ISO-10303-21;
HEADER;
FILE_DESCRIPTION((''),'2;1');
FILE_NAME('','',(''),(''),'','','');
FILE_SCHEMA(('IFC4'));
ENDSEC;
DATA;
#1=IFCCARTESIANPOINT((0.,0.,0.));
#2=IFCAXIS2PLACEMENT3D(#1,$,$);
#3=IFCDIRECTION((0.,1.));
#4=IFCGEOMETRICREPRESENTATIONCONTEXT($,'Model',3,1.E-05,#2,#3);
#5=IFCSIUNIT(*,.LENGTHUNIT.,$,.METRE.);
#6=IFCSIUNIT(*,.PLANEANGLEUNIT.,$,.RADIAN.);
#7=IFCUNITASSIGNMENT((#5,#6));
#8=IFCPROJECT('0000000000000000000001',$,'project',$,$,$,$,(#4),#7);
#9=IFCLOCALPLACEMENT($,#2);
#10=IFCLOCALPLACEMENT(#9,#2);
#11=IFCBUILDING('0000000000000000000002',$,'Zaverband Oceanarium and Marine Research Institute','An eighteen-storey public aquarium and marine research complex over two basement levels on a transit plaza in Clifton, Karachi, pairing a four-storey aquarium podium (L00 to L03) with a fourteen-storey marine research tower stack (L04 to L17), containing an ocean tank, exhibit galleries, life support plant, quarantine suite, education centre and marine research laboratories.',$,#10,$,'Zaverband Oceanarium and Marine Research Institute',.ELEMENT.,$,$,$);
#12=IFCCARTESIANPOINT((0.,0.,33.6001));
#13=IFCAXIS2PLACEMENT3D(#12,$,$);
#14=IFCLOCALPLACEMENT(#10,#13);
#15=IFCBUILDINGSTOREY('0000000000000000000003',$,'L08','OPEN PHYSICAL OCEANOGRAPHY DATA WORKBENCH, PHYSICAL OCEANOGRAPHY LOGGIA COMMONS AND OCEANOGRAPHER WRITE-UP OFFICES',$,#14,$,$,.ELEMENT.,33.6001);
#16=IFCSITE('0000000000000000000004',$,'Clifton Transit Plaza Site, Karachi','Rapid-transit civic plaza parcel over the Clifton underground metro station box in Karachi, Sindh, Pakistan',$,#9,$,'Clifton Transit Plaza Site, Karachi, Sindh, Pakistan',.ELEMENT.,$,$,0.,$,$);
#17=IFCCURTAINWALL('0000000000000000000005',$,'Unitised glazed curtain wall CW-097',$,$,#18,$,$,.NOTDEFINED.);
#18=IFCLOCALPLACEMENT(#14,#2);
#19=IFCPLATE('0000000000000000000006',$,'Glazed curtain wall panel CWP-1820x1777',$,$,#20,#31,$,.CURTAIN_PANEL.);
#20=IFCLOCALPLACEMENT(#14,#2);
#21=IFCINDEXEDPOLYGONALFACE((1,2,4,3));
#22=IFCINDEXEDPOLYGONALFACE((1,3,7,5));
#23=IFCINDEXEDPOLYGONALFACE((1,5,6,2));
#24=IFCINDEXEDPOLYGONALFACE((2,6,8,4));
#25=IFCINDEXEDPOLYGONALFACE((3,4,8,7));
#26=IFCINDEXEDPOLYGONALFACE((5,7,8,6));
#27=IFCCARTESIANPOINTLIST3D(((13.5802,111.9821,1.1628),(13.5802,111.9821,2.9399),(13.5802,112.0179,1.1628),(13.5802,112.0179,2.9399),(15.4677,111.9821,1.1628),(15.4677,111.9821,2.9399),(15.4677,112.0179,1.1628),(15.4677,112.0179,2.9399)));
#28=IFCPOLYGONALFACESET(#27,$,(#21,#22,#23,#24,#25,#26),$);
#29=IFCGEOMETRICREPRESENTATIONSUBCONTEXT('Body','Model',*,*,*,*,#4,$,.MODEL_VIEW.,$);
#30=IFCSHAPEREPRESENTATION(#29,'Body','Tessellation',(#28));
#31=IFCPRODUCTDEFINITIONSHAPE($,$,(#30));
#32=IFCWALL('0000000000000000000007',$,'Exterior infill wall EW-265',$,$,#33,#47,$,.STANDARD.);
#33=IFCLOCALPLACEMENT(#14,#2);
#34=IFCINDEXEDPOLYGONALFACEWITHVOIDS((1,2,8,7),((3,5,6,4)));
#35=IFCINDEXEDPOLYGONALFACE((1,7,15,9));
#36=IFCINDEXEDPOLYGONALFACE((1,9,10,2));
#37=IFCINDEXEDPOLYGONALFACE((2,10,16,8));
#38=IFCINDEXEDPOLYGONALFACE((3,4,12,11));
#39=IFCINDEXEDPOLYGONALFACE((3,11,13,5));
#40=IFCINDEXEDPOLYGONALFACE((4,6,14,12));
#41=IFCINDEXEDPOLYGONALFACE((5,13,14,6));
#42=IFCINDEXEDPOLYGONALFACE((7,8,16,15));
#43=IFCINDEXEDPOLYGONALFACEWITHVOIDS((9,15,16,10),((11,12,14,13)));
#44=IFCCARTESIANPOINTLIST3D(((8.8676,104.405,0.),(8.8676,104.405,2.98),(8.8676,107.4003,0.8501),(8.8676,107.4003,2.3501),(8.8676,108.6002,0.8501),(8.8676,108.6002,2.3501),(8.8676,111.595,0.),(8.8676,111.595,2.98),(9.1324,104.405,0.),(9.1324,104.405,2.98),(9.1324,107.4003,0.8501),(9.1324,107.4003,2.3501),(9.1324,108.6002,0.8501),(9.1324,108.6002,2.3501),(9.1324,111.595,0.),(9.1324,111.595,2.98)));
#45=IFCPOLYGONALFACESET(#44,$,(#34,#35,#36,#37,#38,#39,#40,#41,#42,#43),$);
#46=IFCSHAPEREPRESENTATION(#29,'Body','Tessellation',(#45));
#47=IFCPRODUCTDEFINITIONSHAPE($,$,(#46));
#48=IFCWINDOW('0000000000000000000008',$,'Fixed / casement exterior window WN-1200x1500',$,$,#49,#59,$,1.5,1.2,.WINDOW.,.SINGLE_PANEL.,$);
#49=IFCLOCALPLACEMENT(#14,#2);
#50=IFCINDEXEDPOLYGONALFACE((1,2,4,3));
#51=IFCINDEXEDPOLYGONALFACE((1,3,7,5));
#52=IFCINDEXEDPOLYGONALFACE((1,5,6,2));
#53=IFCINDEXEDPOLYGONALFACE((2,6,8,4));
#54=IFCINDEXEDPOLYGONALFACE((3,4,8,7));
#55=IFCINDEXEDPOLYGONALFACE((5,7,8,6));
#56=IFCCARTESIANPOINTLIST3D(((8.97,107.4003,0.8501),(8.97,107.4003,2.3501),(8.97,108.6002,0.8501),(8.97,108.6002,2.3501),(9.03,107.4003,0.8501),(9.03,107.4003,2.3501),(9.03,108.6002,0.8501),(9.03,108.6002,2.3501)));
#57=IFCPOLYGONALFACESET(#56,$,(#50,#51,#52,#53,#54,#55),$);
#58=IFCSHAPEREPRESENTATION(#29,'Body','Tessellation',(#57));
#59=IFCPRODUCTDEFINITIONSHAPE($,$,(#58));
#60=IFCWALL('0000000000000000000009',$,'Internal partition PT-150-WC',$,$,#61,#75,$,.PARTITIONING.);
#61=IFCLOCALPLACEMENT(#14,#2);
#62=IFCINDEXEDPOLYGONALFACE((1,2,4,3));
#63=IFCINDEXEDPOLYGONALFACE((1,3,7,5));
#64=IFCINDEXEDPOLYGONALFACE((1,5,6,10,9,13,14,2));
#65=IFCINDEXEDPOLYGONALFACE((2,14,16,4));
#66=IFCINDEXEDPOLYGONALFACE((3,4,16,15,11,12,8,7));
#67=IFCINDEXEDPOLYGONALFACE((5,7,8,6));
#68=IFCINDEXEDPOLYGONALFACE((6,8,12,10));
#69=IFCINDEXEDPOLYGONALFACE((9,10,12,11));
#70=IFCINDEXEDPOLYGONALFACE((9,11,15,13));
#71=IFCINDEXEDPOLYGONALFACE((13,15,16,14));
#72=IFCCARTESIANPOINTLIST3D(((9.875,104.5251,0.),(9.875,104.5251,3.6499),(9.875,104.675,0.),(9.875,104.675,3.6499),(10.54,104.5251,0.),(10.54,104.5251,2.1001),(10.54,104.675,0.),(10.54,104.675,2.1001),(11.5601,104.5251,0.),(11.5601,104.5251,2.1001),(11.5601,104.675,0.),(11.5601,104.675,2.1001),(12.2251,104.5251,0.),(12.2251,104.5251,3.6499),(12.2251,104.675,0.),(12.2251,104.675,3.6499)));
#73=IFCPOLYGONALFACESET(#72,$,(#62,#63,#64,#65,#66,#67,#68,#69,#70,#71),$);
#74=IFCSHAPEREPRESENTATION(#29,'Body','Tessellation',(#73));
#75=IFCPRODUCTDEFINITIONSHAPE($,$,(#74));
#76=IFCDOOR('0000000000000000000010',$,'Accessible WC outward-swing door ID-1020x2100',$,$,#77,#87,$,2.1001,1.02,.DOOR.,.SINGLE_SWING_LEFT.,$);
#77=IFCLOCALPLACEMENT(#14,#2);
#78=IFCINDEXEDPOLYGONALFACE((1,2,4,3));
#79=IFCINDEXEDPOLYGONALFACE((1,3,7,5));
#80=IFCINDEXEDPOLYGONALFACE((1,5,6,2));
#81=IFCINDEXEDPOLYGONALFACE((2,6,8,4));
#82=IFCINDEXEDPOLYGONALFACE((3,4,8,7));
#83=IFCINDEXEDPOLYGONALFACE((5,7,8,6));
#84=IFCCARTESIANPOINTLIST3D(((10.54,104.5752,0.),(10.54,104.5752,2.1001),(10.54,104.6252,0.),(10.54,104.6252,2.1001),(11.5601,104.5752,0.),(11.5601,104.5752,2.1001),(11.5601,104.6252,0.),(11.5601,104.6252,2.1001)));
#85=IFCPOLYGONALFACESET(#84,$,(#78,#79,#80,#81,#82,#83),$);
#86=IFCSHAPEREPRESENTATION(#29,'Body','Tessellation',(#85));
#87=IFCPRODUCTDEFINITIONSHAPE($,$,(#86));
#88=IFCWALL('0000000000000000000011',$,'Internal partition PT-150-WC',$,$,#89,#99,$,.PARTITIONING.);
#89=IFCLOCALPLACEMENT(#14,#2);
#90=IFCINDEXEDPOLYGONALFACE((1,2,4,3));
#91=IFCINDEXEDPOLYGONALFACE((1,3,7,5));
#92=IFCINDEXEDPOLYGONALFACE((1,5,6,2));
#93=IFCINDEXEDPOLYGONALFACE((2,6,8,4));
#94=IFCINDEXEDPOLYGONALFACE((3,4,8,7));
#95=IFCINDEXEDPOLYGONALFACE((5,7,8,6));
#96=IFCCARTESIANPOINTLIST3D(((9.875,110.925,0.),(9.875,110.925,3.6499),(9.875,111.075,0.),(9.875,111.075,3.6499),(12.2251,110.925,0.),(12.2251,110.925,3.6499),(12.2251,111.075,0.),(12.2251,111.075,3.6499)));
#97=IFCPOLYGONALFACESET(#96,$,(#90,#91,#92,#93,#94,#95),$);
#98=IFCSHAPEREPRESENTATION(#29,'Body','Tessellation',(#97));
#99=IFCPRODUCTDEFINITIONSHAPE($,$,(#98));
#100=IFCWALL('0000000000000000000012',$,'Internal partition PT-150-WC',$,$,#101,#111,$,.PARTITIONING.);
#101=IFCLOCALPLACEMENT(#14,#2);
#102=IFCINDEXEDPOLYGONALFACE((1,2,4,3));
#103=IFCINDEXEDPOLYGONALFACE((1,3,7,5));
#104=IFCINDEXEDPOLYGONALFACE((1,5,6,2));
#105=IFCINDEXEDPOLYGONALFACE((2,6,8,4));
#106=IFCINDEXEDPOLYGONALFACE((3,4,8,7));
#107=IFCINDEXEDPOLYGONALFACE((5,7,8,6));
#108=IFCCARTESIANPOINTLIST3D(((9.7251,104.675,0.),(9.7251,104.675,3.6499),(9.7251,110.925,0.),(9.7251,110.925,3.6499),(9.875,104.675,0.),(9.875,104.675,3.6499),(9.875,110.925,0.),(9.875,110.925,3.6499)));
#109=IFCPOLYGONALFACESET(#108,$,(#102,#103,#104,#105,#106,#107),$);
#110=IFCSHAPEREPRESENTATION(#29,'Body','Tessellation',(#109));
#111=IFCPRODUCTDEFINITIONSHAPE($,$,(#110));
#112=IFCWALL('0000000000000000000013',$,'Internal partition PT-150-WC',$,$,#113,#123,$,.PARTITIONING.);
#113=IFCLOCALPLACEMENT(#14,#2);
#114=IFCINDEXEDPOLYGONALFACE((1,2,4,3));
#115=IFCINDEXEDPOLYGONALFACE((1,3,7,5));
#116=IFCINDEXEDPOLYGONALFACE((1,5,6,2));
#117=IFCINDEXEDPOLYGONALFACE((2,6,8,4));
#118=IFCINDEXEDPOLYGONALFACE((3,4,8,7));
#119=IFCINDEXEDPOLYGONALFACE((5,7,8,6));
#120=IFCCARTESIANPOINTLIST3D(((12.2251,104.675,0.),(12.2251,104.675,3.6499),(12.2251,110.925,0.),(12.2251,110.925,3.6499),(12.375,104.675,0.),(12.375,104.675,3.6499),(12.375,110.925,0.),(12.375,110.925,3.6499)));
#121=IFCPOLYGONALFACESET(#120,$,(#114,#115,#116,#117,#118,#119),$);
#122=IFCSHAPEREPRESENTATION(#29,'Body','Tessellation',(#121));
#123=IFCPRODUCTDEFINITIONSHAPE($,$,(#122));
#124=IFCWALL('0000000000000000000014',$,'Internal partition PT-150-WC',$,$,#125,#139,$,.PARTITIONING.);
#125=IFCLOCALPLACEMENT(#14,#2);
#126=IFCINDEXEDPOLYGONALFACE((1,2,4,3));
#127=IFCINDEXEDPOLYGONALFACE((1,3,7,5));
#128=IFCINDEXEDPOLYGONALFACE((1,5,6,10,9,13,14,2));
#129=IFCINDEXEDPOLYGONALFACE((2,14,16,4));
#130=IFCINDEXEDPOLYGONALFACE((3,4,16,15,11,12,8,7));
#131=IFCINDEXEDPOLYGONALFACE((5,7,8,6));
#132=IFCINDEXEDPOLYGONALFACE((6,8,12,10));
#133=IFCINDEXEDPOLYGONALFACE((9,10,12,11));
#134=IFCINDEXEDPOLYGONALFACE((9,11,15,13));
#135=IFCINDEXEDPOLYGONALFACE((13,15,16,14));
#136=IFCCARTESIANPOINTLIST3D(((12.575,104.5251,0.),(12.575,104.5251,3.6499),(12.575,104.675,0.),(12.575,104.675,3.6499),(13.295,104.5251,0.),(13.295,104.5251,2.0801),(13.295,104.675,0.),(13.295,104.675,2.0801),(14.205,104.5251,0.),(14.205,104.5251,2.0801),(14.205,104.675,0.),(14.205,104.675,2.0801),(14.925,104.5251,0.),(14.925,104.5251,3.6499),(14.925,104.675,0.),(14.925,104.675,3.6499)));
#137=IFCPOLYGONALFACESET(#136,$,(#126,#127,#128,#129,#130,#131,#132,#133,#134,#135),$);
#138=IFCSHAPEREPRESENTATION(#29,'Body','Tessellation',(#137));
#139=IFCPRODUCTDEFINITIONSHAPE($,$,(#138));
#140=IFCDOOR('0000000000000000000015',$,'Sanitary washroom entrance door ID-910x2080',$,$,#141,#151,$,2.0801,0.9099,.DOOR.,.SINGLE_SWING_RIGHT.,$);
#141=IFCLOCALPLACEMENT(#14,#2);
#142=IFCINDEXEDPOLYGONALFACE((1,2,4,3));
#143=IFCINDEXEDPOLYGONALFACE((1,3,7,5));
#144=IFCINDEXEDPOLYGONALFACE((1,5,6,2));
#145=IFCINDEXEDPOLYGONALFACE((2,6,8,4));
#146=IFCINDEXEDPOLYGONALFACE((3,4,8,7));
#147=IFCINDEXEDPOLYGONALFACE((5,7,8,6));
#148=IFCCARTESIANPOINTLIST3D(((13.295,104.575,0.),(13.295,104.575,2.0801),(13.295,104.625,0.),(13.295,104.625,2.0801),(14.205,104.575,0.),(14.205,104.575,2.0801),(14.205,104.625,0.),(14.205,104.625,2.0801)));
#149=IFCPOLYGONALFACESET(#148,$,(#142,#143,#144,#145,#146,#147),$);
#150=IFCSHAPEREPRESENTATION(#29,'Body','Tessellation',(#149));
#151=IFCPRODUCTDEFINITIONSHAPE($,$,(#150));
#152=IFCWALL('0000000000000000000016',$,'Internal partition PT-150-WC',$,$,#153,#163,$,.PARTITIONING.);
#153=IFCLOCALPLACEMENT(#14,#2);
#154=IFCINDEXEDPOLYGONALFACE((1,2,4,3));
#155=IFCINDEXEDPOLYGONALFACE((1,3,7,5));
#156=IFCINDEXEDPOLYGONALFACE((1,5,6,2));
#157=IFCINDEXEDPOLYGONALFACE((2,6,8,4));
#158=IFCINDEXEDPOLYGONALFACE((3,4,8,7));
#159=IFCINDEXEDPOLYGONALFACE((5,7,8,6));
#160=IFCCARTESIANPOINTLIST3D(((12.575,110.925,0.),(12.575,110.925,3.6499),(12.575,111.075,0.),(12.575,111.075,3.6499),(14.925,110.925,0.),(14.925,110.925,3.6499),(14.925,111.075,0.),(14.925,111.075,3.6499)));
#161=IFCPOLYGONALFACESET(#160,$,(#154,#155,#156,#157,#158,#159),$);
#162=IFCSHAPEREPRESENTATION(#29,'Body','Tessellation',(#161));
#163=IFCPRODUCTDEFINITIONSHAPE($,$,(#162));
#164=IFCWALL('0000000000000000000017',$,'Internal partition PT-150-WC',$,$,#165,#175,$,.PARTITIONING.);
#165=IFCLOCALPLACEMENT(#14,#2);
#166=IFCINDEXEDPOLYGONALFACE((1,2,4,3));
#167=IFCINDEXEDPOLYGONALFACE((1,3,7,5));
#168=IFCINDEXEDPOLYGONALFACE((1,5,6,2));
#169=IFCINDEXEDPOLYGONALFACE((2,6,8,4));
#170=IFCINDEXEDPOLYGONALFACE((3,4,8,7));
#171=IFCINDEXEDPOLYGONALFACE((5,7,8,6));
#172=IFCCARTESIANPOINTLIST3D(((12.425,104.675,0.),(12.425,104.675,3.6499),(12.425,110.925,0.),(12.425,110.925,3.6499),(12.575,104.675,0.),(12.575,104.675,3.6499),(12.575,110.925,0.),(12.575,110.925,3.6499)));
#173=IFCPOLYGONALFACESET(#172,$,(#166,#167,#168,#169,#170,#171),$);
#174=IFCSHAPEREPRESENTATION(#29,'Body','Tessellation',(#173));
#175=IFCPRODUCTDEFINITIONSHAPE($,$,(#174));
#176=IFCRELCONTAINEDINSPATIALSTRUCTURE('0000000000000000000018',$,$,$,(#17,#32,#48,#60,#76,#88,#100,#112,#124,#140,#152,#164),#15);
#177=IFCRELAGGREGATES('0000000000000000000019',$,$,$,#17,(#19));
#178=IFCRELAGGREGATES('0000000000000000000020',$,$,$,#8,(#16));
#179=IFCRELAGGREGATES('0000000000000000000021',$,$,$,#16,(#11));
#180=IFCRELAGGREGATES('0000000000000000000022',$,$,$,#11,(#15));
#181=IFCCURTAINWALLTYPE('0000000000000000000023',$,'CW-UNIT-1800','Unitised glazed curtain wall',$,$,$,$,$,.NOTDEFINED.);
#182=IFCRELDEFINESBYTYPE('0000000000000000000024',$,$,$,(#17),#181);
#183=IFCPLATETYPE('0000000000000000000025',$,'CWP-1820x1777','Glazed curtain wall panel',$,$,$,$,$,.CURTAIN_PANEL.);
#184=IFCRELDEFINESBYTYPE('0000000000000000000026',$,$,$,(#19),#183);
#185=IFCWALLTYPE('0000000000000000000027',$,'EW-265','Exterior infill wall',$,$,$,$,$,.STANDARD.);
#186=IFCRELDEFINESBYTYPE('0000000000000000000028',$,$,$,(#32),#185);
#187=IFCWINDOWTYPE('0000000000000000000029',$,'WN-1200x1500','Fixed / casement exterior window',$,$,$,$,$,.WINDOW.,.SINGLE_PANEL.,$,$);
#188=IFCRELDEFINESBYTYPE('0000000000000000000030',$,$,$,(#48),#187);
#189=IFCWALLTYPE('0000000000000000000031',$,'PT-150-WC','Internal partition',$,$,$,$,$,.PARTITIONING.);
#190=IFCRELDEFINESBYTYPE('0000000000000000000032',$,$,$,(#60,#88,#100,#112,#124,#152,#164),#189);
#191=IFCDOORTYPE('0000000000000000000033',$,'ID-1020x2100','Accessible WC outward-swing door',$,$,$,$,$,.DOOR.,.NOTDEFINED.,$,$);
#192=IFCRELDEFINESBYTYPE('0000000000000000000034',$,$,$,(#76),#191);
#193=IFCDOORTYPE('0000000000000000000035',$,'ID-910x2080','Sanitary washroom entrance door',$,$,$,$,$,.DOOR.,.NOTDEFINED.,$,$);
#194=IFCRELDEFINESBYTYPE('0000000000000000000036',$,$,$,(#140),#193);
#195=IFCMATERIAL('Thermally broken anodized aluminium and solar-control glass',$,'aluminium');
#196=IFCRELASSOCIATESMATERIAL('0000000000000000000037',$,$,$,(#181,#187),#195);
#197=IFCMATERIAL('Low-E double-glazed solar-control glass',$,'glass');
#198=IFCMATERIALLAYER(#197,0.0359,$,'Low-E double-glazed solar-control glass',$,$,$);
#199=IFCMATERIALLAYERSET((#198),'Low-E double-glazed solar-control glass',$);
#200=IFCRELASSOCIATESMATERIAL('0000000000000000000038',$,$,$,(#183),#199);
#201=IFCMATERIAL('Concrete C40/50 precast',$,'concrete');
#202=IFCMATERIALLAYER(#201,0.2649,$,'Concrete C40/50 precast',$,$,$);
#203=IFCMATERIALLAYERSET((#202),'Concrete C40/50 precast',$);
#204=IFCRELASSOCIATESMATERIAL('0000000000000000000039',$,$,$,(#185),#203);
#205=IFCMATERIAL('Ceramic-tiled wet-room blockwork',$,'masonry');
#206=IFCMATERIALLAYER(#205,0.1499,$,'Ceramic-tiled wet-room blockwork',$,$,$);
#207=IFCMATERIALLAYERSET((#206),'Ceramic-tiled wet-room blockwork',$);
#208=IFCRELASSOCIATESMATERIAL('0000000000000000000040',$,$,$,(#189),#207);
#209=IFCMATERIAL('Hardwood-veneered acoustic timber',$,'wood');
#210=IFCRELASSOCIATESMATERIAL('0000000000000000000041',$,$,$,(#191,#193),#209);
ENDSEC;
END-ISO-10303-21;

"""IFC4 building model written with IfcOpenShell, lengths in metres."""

from ifc_helpers import new_model, si_unit, direction, frame, frame_2d, origin, place, context, subcontext, project, spatial, rectangle, extrude, material, layer, layer_set, type_object, element, fill, aggregate, save


model = new_model("IFC4")

# Units and contexts
model_context = context("Model", 3, precision=1e-05, world=origin(), true_north=direction((0.0, 1.0)))
body_context = subcontext(model_context, "Body", "Model", "MODEL_VIEW")
ifc_project = project(units=[si_unit("LENGTHUNIT", "METRE"), si_unit("PLANEANGLEUNIT", "RADIAN")], contexts=[model_context])

# Site, building, storey
site_placement = place(None, origin())
site = spatial("IfcSite", under=ifc_project, at=site_placement, Name="Clifton Transit Plaza Site, Karachi", Description="Rapid-transit civic plaza parcel over the Clifton underground metro station box in Karachi, Sindh, Pakistan", LongName="Clifton Transit Plaza Site, Karachi, Sindh, Pakistan", CompositionType="ELEMENT", RefElevation=0.0)
building_placement = place(site_placement, origin())
building = spatial("IfcBuilding", under=site, at=building_placement, Name="Zaverband Oceanarium and Marine Research Institute", Description="An eighteen-storey public aquarium and marine research complex over two basement levels on a transit plaza in Clifton, Karachi, pairing a four-storey aquarium podium (L00 to L03) with a fourteen-storey marine research tower stack (L04 to L17), containing an ocean tank, exhibit galleries, life support plant, quarantine suite, education centre and marine research laboratories.", LongName="Zaverband Oceanarium and Marine Research Institute", CompositionType="ELEMENT")
storey_placement = place(building_placement, frame((0.0, 0.0, 33.6001)))
storey = spatial("IfcBuildingStorey", under=building, at=storey_placement, Name="L08", Description="OPEN PHYSICAL OCEANOGRAPHY DATA WORKBENCH, PHYSICAL OCEANOGRAPHY LOGGIA COMMONS AND OCEANOGRAPHER WRITE-UP OFFICES", CompositionType="ELEMENT", Elevation=33.6001)

# Curtain wall
ifc_material_1 = material(Name="Thermally broken anodized aluminium and solar-control glass", Category="aluminium")
curtain_wall_type = type_object("IfcCurtainWallType", Name="CW-UNIT-1800", Description="Unitised glazed curtain wall", PredefinedType="NOTDEFINED", material=ifc_material_1)
curtain_wall_placement = place(storey_placement, origin())
curtain_wall = element("IfcCurtainWall", 1, at=curtain_wall_placement, inside=storey, type_object=curtain_wall_type, Name="Unitised glazed curtain wall CW-097", PredefinedType="NOTDEFINED")

# Plate
ifc_material_2 = material(Name="Low-E double-glazed solar-control glass", Category="glass")
ifc_layer_1 = layer(ifc_material_2, 0.0359, Name="Low-E double-glazed solar-control glass")
ifc_layer_set_1 = layer_set([ifc_layer_1], Name="Low-E double-glazed solar-control glass")
plate_type_1 = type_object("IfcPlateType", Name="CWP-1820x1777", Description="Glazed curtain wall panel", PredefinedType="CURTAIN_PANEL", material=ifc_layer_set_1)
plate_1_placement = place(storey_placement, frame((13.5801, 112.0, 1.1628), z_axis=(0.0, 0.0, 1.0), x_axis=(1.0, 0.0, 0.0)))
plate_1 = element("IfcPlate", 2, at=plate_1_placement, type_object=plate_type_1, Name="Glazed curtain wall panel CWP-1820x1777", PredefinedType="CURTAIN_PANEL", context=body_context, shape_type="SweptSolid", body=[
    extrude(rectangle(XDim=1.8875, YDim=0.0359, at=frame_2d((0.9438, 0.0))), origin(), (0.0, 0.0, 1.0), 1.7771),
])
aggregate(curtain_wall, [plate_1])

# Wall, opening, window
ifc_material_3 = material(Name="Concrete C40/50 precast", Category="concrete")
ifc_layer_2 = layer(ifc_material_3, 0.2649, Name="Concrete C40/50 precast")
ifc_layer_set_2 = layer_set([ifc_layer_2], Name="Concrete C40/50 precast")
wall_type_1 = type_object("IfcWallType", Name="EW-265", Description="Exterior infill wall", PredefinedType="STANDARD", material=ifc_layer_set_2)
wall_1_placement = place(storey_placement, frame((9.0, 104.405, 0.0), z_axis=(0.0, 0.0, 1.0), x_axis=(0.0, 1.0, 0.0)))
wall_1 = element("IfcWall", 3, at=wall_1_placement, inside=storey, type_object=wall_type_1, Name="Exterior infill wall EW-265", PredefinedType="STANDARD", context=body_context, shape_type="SweptSolid", body=[
    extrude(rectangle(XDim=7.1899, YDim=0.2649, at=frame_2d((3.595, 0.0))), origin(), (0.0, 0.0, 1.0), 2.98),
])
opening_1_placement = place(wall_1_placement, frame((2.9951, 0.0, 0.8501)))
opening_1 = element("IfcOpeningElement", 4, at=opening_1_placement, cuts=wall_1, PredefinedType="OPENING", context=body_context, shape_type="SweptSolid", body=[
    extrude(rectangle(XDim=1.2, YDim=1.5, at=frame_2d((0.6001, 0.75))), frame((0.0, 0.1445, 0.0), z_axis=(0.0, -1.0, 0.0), x_axis=(1.0, 0.0, 0.0)), (0.0, 0.0, 1.0), 0.2888),
])
window_type = type_object("IfcWindowType", Name="WN-1200x1500", Description="Fixed / casement exterior window", PartitioningType="SINGLE_PANEL", PredefinedType="WINDOW", material=ifc_material_1)
window_placement = place(opening_1_placement, origin())
window = element("IfcWindow", 5, at=window_placement, inside=storey, type_object=window_type, Name="Fixed / casement exterior window WN-1200x1500", OverallHeight=1.5, OverallWidth=1.2, PartitioningType="SINGLE_PANEL", PredefinedType="WINDOW", context=body_context, shape_type="SweptSolid", body=[
    extrude(rectangle(XDim=1.2, YDim=1.5, at=frame_2d((0.6001, 0.75))), frame((0.0, 0.03, 0.0), z_axis=(0.0, -1.0, 0.0), x_axis=(1.0, 0.0, 0.0)), (0.0, 0.0, 1.0), 0.0601),
])
fill(opening_1, window)

# Wall, opening, door
ifc_material_4 = material(Name="Ceramic-tiled wet-room blockwork", Category="masonry")
ifc_layer_3 = layer(ifc_material_4, 0.1499, Name="Ceramic-tiled wet-room blockwork")
ifc_layer_set_3 = layer_set([ifc_layer_3], Name="Ceramic-tiled wet-room blockwork")
wall_type_2 = type_object("IfcWallType", Name="PT-150-WC", Description="Internal partition", PredefinedType="PARTITIONING", material=ifc_layer_set_3)
wall_2_placement = place(storey_placement, frame((9.875, 104.6001, 0.0), z_axis=(0.0, 0.0, 1.0), x_axis=(1.0, 0.0, 0.0)))
wall_2 = element("IfcWall", 6, at=wall_2_placement, inside=storey, type_object=wall_type_2, Name="Internal partition PT-150-WC", PredefinedType="PARTITIONING", context=body_context, shape_type="SweptSolid", body=[
    extrude(rectangle(XDim=2.3501, YDim=0.1499, at=frame_2d((1.175, 0.0))), origin(), (0.0, 0.0, 1.0), 3.6499),
])
opening_2_placement = place(wall_2_placement, frame((0.665, 0.0, 0.0)))
opening_2 = element("IfcOpeningElement", 7, at=opening_2_placement, cuts=wall_2, PredefinedType="OPENING", context=body_context, shape_type="SweptSolid", body=[
    extrude(rectangle(XDim=1.02, YDim=2.1001, at=frame_2d((0.51, 1.05))), frame((0.0, 0.0869, 0.0), z_axis=(0.0, -1.0, 0.0), x_axis=(1.0, 0.0, 0.0)), (0.0, 0.0, 1.0), 0.1738),
])
ifc_material_5 = material(Name="Hardwood-veneered acoustic timber", Category="wood")
door_type_1 = type_object("IfcDoorType", Name="ID-1020x2100", Description="Accessible WC outward-swing door", OperationType="NOTDEFINED", PredefinedType="DOOR", material=ifc_material_5)
door_1_placement = place(opening_2_placement, frame((1.02, 0.0, 0.0), z_axis=(0.0, 0.0, 1.0), x_axis=(-1.0, 0.0, 0.0)))
door_1 = element("IfcDoor", 8, at=door_1_placement, inside=storey, type_object=door_type_1, Name="Accessible WC outward-swing door ID-1020x2100", OperationType="SINGLE_SWING_LEFT", OverallHeight=2.1001, OverallWidth=1.02, PredefinedType="DOOR", context=body_context, shape_type="SweptSolid", body=[
    extrude(rectangle(XDim=1.02, YDim=2.1001, at=frame_2d((0.51, 1.05))), frame((0.0, 0.0249, 0.0), z_axis=(0.0, -1.0, 0.0), x_axis=(1.0, 0.0, 0.0)), (0.0, 0.0, 1.0), 0.05),
])
fill(opening_2, door_1)

# Walls
wall_3_placement = place(storey_placement, frame((9.875, 111.0, 0.0), z_axis=(0.0, 0.0, 1.0), x_axis=(1.0, 0.0, 0.0)))
element("IfcWall", 9, at=wall_3_placement, inside=storey, type_object=wall_type_2, Name="Internal partition PT-150-WC", PredefinedType="PARTITIONING", context=body_context, shape_type="SweptSolid", body=[
    extrude(rectangle(XDim=2.3501, YDim=0.1499, at=frame_2d((1.175, 0.0))), origin(), (0.0, 0.0, 1.0), 3.6499),
])
for number, where, z_axis, x_axis, name in (
    (10, (9.8, 104.675, 0.0), (0.0, 0.0, 1.0), (0.0, 1.0, 0.0), "Internal partition PT-150-WC"),
    (11, (12.3, 104.675, 0.0), (0.0, 0.0, 1.0), (0.0, 1.0, 0.0), "Internal partition PT-150-WC"),
):
    element("IfcWall", number, at=place(storey_placement, frame(where, z_axis=z_axis, x_axis=x_axis)), inside=storey, type_object=wall_type_2, Name=name, PredefinedType="PARTITIONING", context=body_context, shape_type="SweptSolid", body=[
        extrude(rectangle(XDim=6.25, YDim=0.1499, at=frame_2d((3.125, 0.0))), origin(), (0.0, 0.0, 1.0), 3.6499),
    ])

# Wall, opening, door
wall_4_placement = place(storey_placement, frame((12.575, 104.6001, 0.0), z_axis=(0.0, 0.0, 1.0), x_axis=(1.0, 0.0, 0.0)))
wall_4 = element("IfcWall", 12, at=wall_4_placement, inside=storey, type_object=wall_type_2, Name="Internal partition PT-150-WC", PredefinedType="PARTITIONING", context=body_context, shape_type="SweptSolid", body=[
    extrude(rectangle(XDim=2.3501, YDim=0.1499, at=frame_2d((1.175, 0.0))), origin(), (0.0, 0.0, 1.0), 3.6499),
])
opening_3_placement = place(wall_4_placement, frame((0.72, 0.0, 0.0)))
opening_3 = element("IfcOpeningElement", 13, at=opening_3_placement, cuts=wall_4, PredefinedType="OPENING", context=body_context, shape_type="SweptSolid", body=[
    extrude(rectangle(XDim=0.9099, YDim=2.0801, at=frame_2d((0.4551, 1.04))), frame((0.0, 0.0869, 0.0), z_axis=(0.0, -1.0, 0.0), x_axis=(1.0, 0.0, 0.0)), (0.0, 0.0, 1.0), 0.1738),
])
door_type_2 = type_object("IfcDoorType", Name="ID-910x2080", Description="Sanitary washroom entrance door", OperationType="NOTDEFINED", PredefinedType="DOOR", material=ifc_material_5)
door_2_placement = place(opening_3_placement, origin())
door_2 = element("IfcDoor", 14, at=door_2_placement, inside=storey, type_object=door_type_2, Name="Sanitary washroom entrance door ID-910x2080", OperationType="SINGLE_SWING_RIGHT", OverallHeight=2.0801, OverallWidth=0.9099, PredefinedType="DOOR", context=body_context, shape_type="SweptSolid", body=[
    extrude(rectangle(XDim=0.9099, YDim=2.0801, at=frame_2d((0.4551, 1.04))), frame((0.0, 0.0249, 0.0), z_axis=(0.0, -1.0, 0.0), x_axis=(1.0, 0.0, 0.0)), (0.0, 0.0, 1.0), 0.05),
])
fill(opening_3, door_2)

# Walls
wall_5_placement = place(storey_placement, frame((12.575, 111.0, 0.0), z_axis=(0.0, 0.0, 1.0), x_axis=(1.0, 0.0, 0.0)))
element("IfcWall", 15, at=wall_5_placement, inside=storey, type_object=wall_type_2, Name="Internal partition PT-150-WC", PredefinedType="PARTITIONING", context=body_context, shape_type="SweptSolid", body=[
    extrude(rectangle(XDim=2.3501, YDim=0.1499, at=frame_2d((1.175, 0.0))), origin(), (0.0, 0.0, 1.0), 3.6499),
])
for number, where, z_axis, x_axis, name in (
    (16, (12.5, 104.675, 0.0), (0.0, 0.0, 1.0), (0.0, 1.0, 0.0), "Internal partition PT-150-WC"),
):
    element("IfcWall", number, at=place(storey_placement, frame(where, z_axis=z_axis, x_axis=x_axis)), inside=storey, type_object=wall_type_2, Name=name, PredefinedType="PARTITIONING", context=body_context, shape_type="SweptSolid", body=[
        extrude(rectangle(XDim=6.25, YDim=0.1499, at=frame_2d((3.125, 0.0))), origin(), (0.0, 0.0, 1.0), 3.6499),
    ])

save(model, "model.ifc")
